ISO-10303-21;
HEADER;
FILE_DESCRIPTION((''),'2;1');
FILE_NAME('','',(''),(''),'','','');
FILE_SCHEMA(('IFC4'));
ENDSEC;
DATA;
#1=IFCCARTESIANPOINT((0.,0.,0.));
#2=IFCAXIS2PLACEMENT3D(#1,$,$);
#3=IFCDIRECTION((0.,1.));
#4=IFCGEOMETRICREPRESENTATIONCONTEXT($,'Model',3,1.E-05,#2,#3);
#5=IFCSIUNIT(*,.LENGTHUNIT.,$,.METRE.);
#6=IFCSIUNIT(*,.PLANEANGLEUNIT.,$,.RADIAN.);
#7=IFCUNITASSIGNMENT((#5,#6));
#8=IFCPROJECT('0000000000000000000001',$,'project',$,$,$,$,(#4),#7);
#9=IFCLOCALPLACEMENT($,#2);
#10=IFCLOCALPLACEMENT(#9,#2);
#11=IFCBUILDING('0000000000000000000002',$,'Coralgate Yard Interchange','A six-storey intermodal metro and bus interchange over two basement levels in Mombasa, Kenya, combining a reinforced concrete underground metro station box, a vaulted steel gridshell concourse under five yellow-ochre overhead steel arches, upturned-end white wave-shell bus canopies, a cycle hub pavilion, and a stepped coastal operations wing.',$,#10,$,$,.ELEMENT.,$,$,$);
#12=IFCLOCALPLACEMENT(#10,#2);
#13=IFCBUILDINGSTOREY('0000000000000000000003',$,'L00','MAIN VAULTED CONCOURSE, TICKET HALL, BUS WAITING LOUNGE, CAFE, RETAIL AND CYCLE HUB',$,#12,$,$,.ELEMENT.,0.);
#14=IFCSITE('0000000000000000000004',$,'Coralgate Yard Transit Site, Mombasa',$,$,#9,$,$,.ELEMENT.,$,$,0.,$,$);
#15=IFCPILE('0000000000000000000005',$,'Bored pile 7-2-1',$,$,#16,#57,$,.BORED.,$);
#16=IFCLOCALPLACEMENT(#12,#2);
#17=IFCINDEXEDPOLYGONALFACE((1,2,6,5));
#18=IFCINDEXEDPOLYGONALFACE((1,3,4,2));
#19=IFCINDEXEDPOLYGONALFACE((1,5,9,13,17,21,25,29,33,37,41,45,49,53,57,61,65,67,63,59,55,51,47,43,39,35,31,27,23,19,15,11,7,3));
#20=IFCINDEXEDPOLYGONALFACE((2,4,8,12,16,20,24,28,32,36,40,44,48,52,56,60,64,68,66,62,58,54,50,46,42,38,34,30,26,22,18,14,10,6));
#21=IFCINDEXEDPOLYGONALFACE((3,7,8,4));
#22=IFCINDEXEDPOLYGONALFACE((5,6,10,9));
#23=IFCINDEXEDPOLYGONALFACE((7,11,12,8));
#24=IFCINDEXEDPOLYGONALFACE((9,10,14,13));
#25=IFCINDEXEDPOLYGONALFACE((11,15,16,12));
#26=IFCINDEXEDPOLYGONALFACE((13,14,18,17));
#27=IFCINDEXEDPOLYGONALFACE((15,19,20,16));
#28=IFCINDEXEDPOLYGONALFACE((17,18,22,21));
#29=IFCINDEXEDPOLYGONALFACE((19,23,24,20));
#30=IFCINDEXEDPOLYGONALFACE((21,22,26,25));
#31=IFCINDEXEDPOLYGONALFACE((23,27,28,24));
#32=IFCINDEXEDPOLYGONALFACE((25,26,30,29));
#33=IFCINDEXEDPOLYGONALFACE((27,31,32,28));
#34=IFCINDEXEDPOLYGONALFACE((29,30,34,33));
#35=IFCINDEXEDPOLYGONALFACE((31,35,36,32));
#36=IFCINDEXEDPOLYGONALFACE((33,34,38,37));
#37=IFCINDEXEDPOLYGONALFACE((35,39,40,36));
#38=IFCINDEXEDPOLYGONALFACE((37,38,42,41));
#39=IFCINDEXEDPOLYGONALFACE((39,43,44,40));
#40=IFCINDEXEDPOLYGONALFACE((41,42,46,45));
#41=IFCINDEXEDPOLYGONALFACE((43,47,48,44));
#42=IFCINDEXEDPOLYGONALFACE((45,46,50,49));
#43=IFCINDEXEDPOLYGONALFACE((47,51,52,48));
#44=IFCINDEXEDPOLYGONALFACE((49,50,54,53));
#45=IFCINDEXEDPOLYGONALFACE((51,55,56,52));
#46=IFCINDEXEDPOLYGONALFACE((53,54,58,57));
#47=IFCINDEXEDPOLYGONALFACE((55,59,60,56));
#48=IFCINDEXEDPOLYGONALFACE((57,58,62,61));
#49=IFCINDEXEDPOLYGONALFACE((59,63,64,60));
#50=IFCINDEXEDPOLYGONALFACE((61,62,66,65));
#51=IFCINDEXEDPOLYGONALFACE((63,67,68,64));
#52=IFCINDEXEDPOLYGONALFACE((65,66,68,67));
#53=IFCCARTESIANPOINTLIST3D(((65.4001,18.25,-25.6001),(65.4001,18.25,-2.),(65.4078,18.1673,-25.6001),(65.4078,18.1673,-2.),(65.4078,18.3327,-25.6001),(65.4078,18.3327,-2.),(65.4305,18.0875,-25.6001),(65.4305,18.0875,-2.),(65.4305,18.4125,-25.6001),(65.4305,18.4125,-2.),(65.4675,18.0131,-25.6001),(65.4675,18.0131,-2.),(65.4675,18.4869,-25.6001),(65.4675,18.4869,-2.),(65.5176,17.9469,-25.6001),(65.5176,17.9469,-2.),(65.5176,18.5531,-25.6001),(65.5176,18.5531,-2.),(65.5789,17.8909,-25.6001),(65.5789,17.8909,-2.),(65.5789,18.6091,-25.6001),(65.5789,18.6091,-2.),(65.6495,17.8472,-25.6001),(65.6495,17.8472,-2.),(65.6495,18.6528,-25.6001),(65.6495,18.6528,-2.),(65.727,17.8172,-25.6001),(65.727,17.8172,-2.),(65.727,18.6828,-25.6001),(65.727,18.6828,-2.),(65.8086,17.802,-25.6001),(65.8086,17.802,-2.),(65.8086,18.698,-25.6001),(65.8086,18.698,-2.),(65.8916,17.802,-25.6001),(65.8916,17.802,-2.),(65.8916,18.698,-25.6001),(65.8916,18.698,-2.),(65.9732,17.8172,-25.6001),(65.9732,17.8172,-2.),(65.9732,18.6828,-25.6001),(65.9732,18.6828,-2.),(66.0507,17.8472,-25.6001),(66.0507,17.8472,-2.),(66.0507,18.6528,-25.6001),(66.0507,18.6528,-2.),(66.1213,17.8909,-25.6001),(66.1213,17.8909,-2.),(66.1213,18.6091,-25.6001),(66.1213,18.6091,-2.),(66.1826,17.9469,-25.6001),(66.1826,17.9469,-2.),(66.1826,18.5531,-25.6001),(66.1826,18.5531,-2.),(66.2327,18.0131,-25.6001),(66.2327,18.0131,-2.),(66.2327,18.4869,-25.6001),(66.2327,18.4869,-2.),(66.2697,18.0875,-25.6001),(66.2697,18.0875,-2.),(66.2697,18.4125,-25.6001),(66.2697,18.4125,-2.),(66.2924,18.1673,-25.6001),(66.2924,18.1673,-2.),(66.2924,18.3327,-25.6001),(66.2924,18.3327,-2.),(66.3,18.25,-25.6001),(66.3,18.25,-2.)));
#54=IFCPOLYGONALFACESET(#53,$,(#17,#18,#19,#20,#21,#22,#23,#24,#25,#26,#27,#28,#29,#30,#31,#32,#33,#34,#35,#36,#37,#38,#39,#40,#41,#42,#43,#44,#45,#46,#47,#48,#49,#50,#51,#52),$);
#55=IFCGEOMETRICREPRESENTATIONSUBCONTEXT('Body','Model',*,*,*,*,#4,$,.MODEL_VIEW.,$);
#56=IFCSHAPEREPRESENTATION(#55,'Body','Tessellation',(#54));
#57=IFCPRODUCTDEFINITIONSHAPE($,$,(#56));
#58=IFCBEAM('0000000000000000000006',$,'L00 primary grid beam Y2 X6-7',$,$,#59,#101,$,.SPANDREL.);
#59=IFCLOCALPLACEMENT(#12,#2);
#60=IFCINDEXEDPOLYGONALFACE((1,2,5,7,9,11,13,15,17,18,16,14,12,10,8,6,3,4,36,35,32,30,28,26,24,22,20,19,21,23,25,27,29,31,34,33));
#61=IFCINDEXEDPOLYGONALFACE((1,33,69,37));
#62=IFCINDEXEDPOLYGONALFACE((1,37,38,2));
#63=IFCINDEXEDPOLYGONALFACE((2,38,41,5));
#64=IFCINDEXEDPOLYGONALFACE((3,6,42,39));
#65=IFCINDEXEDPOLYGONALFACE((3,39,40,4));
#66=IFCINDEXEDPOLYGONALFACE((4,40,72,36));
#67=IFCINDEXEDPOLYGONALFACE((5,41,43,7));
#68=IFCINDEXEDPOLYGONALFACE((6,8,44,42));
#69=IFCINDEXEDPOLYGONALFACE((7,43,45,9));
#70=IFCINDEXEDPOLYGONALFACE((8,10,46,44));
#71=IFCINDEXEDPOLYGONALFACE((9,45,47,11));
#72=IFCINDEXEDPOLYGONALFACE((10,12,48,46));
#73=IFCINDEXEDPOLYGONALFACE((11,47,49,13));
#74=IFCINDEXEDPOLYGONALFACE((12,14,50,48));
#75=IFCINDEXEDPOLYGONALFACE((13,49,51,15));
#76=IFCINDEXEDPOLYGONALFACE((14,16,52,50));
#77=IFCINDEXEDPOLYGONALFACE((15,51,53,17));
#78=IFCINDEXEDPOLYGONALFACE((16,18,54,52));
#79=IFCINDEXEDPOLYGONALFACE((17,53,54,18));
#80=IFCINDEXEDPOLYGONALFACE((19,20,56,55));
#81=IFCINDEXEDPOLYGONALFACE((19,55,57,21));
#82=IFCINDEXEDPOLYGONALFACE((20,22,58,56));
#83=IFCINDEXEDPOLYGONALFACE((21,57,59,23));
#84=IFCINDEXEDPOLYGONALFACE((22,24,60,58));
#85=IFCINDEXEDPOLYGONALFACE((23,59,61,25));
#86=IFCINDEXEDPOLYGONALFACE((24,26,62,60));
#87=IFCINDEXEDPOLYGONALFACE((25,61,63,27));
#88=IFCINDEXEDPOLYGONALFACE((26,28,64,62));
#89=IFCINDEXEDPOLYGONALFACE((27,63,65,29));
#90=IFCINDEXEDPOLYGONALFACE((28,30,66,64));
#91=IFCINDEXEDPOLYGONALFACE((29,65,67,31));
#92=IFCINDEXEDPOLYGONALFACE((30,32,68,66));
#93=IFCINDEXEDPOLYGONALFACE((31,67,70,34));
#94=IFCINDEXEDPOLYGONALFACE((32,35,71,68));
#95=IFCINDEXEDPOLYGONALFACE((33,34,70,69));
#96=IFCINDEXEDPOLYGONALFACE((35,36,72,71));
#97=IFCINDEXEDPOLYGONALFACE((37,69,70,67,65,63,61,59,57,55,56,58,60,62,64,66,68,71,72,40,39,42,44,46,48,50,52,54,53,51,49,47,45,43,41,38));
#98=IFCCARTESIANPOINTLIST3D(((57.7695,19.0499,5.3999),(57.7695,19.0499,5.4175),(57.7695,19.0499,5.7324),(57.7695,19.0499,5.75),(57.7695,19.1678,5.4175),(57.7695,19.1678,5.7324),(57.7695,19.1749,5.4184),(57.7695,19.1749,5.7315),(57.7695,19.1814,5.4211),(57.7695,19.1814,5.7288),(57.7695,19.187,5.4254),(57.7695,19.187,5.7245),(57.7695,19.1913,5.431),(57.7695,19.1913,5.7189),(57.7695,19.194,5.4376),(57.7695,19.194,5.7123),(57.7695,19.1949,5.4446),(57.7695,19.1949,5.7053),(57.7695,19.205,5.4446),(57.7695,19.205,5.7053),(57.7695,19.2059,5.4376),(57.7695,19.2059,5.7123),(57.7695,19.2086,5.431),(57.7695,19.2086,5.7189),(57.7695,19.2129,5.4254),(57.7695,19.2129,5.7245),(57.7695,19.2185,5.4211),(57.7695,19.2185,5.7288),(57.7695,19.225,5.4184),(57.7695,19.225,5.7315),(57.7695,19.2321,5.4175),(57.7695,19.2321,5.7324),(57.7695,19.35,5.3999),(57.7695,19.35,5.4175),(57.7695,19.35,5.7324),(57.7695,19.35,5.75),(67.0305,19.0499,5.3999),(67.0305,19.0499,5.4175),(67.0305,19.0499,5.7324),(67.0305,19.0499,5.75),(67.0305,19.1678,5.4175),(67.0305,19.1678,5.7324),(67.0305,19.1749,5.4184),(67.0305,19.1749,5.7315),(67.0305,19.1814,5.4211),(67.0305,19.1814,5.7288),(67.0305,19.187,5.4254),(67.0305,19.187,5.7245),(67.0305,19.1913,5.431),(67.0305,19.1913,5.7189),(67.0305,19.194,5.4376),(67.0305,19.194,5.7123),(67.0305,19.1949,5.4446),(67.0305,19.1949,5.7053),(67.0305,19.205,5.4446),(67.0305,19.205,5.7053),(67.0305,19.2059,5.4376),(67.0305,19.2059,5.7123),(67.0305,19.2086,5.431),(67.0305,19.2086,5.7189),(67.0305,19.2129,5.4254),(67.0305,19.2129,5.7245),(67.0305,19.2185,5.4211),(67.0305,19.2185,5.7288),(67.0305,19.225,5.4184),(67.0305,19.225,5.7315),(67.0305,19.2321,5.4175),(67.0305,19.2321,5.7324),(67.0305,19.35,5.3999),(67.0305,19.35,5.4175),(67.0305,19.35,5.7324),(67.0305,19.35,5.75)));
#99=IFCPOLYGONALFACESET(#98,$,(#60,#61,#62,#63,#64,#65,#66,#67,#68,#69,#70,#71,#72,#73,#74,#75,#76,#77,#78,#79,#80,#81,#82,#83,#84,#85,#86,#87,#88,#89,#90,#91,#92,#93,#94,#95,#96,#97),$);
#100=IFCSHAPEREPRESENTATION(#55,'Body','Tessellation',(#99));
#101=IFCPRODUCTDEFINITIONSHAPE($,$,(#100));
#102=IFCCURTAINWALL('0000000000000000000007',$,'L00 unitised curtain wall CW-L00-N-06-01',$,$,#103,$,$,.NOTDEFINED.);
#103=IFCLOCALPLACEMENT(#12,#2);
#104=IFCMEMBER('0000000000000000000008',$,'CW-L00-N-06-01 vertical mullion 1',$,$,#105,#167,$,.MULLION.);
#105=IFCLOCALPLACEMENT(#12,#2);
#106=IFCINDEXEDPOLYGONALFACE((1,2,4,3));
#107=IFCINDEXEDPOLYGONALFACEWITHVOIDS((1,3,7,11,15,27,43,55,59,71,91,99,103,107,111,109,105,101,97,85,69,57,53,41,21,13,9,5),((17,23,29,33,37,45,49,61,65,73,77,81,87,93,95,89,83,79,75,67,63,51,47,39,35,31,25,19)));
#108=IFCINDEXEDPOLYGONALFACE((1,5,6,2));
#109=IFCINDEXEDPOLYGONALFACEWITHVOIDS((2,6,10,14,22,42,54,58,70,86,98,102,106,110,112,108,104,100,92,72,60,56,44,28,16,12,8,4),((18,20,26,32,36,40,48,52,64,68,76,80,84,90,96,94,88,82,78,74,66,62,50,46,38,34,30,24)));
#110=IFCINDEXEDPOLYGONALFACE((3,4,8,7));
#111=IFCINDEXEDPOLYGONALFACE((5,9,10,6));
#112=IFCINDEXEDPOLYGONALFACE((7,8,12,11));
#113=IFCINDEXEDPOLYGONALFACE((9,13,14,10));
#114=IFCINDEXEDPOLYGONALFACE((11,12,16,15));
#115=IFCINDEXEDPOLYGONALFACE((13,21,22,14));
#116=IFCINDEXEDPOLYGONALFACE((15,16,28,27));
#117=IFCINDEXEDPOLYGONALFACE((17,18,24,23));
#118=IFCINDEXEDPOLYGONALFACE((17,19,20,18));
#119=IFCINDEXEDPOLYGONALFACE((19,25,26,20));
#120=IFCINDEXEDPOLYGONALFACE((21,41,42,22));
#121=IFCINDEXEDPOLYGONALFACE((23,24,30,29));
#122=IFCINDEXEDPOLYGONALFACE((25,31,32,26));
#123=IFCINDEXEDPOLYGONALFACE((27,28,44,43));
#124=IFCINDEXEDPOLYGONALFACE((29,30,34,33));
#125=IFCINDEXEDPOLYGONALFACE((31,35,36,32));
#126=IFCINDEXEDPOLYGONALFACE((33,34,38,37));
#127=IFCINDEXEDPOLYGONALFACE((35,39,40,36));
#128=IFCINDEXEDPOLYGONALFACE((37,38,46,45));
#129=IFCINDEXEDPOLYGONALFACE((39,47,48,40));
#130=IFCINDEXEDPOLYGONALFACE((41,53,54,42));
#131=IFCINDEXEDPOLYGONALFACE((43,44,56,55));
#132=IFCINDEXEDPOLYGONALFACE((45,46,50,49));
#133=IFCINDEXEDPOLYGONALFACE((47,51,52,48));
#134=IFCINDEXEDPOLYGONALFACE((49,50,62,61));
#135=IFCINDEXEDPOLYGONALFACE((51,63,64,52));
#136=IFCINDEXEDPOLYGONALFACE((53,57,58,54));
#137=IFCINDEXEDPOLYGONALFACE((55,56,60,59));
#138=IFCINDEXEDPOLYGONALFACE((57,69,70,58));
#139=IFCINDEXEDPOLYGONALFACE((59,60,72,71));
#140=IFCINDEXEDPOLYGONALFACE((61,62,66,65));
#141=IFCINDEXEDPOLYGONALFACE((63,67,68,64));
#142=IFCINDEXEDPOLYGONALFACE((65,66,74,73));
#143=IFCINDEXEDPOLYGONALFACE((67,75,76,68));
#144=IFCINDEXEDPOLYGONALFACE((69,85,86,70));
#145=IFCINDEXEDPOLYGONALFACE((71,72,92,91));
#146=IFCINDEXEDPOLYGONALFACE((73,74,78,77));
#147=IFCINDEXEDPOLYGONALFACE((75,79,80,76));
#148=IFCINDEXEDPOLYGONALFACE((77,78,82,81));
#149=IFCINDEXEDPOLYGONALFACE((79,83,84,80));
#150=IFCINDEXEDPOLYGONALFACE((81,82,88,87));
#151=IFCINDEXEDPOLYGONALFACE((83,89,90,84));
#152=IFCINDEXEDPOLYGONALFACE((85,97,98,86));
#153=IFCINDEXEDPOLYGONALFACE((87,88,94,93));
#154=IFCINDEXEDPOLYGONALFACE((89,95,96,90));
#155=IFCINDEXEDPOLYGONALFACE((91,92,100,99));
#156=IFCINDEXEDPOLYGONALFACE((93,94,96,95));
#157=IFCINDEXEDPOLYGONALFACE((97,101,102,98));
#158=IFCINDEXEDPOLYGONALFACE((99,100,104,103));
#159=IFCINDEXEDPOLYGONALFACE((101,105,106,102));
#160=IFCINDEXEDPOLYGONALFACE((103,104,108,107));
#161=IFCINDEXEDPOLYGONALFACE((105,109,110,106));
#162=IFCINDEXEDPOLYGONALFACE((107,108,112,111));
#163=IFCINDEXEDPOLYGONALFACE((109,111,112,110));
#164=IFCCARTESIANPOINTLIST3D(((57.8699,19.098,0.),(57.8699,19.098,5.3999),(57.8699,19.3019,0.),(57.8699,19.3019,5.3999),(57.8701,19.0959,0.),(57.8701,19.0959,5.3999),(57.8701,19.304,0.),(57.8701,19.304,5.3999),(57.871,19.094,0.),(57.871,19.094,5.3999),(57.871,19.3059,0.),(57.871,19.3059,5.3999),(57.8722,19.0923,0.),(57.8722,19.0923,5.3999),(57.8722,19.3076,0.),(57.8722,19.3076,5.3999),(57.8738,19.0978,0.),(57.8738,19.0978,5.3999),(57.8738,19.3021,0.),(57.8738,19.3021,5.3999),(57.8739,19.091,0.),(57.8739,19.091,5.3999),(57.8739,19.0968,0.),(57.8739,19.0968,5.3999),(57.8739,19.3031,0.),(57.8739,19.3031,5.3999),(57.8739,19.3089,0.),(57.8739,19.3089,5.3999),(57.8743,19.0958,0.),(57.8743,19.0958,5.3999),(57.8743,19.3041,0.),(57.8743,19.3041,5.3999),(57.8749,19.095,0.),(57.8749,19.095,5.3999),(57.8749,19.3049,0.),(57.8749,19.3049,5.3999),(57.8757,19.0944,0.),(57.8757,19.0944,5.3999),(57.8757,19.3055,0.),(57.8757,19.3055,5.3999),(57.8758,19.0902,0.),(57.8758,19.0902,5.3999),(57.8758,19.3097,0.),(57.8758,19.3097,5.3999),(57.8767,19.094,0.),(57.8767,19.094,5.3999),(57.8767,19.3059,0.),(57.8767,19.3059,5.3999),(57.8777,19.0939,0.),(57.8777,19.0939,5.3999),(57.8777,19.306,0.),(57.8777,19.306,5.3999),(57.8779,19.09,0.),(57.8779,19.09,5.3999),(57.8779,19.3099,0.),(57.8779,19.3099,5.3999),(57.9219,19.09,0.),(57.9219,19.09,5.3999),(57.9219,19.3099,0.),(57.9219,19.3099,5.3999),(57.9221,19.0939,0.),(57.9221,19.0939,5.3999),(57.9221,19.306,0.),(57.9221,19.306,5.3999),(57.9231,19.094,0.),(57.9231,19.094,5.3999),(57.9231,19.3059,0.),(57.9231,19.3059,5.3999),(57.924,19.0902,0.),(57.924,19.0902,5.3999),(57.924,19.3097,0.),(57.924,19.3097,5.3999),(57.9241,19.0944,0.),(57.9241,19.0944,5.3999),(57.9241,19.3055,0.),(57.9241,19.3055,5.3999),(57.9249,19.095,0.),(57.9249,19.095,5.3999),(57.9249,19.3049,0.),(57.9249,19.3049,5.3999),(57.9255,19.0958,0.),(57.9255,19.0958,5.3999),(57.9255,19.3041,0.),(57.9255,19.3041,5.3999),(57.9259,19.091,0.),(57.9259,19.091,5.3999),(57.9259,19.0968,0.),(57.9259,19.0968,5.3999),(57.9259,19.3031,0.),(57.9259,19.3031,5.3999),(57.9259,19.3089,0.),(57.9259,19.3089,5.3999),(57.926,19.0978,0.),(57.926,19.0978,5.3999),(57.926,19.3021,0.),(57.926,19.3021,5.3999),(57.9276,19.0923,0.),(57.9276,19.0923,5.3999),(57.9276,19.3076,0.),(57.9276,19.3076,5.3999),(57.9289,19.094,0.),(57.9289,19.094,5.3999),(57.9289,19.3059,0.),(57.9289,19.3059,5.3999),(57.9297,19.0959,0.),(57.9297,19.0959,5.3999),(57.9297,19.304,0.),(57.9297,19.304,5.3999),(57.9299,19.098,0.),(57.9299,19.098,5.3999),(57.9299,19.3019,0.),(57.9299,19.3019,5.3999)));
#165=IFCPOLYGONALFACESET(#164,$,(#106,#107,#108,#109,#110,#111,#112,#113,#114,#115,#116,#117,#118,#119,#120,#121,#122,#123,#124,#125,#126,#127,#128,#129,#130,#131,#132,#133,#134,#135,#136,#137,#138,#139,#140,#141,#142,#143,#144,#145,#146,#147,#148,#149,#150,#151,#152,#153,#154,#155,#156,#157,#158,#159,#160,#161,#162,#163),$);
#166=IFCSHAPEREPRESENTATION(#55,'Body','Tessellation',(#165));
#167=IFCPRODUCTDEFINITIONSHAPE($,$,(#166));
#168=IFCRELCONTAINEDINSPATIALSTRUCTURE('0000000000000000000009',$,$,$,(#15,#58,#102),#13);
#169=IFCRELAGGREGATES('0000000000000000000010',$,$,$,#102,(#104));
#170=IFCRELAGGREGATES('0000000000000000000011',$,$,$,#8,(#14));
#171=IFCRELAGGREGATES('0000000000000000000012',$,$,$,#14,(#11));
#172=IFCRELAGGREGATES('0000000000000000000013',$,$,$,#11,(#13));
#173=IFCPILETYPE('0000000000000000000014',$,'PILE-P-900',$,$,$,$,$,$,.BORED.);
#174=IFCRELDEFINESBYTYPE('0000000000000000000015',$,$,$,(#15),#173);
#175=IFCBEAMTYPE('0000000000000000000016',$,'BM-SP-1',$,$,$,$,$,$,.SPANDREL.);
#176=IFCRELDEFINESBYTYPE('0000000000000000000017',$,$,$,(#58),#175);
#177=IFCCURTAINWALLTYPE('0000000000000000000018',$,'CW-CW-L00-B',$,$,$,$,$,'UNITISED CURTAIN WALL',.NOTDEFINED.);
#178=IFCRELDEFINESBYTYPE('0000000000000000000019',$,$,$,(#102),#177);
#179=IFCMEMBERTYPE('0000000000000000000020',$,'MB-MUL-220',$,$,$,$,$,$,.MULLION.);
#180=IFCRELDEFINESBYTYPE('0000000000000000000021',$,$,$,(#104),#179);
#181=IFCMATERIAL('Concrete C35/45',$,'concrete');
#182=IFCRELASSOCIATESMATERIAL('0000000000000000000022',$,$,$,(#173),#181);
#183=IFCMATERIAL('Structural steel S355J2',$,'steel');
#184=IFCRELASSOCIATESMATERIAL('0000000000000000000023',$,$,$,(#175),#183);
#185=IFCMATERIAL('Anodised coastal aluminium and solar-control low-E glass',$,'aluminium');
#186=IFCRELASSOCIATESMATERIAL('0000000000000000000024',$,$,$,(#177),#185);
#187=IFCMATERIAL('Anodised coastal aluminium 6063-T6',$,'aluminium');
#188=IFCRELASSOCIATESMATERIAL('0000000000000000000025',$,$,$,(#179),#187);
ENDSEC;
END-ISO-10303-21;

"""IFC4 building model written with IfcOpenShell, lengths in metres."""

from ifc_helpers import new_model, si_unit, direction, frame, origin, origin_2d, place, context, subcontext, project, spatial, hollow_rectangle, circle, i_section, extrude, material, material_profile, profile_set, type_object, element, aggregate, save


model = new_model("IFC4")

# Units and contexts
model_context = context("Model", 3, precision=1e-05, world=origin(), true_north=direction((0.0, 1.0)))
body_context = subcontext(model_context, "Body", "Model", "MODEL_VIEW")
ifc_project = project(units=[si_unit("LENGTHUNIT", "METRE"), si_unit("PLANEANGLEUNIT", "RADIAN")], contexts=[model_context])

# Site, building, storey
site_placement = place(None, origin())
site = spatial("IfcSite", under=ifc_project, at=site_placement, Name="Coralgate Yard Transit Site, Mombasa", CompositionType="ELEMENT", RefElevation=0.0)
building_placement = place(site_placement, origin())
building = spatial("IfcBuilding", under=site, at=building_placement, Name="Coralgate Yard Interchange", Description="A six-storey intermodal metro and bus interchange over two basement levels in Mombasa, Kenya, combining a reinforced concrete underground metro station box, a vaulted steel gridshell concourse under five yellow-ochre overhead steel arches, upturned-end white wave-shell bus canopies, a cycle hub pavilion, and a stepped coastal operations wing.", CompositionType="ELEMENT")
storey_placement = place(building_placement, origin())
storey = spatial("IfcBuildingStorey", under=building, at=storey_placement, Name="L00", Description="MAIN VAULTED CONCOURSE, TICKET HALL, BUS WAITING LOUNGE, CAFE, RETAIL AND CYCLE HUB", CompositionType="ELEMENT", Elevation=0.0)

# Pile
ifc_material_1 = material(Name="Concrete C35/45", Category="concrete")
ifc_material_profile_1 = material_profile(ifc_material_1, circle(Radius=0.45, at=origin_2d()), Name="BORED PILE D900")
ifc_profile_set_1 = profile_set([ifc_material_profile_1], Name="Concrete C35/45")
pile_type = type_object("IfcPileType", Name="PILE-P-900", PredefinedType="BORED", material=ifc_profile_set_1)
pile_placement = place(storey_placement, frame((65.8501, 18.25, -2.0), z_axis=(0.0, 0.0, -1.0), x_axis=(1.0, 0.0, 0.0)))
element("IfcPile", 1, at=pile_placement, inside=storey, type_object=pile_type, Name="Bored pile 7-2-1", PredefinedType="BORED", context=body_context, shape_type="SweptSolid", body=[
    extrude(circle(Radius=0.45, at=origin_2d()), origin(), (0.0, 0.0, 1.0), 23.6001),
])

# Beam
ifc_material_2 = material(Name="Structural steel S355J2", Category="steel")
ifc_material_profile_2 = material_profile(ifc_material_2, i_section(OverallWidth=0.3, OverallDepth=0.3501, WebThickness=0.01, FlangeThickness=0.0176, FilletRadius=0.0271, at=origin_2d()), Name="HEA 360")
ifc_profile_set_2 = profile_set([ifc_material_profile_2], Name="Structural steel S355J2")
beam_type = type_object("IfcBeamType", Name="BM-SP-1", PredefinedType="SPANDREL", material=ifc_profile_set_2)
beam_placement = place(storey_placement, frame((57.7695, 19.2, 5.575), z_axis=(1.0, 0.0, 0.0), x_axis=(0.0, 1.0, 0.0)))
element("IfcBeam", 2, at=beam_placement, inside=storey, type_object=beam_type, Name="L00 primary grid beam Y2 X6-7", PredefinedType="SPANDREL", context=body_context, shape_type="SweptSolid", body=[
    extrude(i_section(OverallWidth=0.3, OverallDepth=0.3501, WebThickness=0.01, FlangeThickness=0.0176, FilletRadius=0.0271, at=origin_2d()), origin(), (0.0, 0.0, 1.0), 9.261),
])

# Curtain wall, member
ifc_material_3 = material(Name="Anodised coastal aluminium and solar-control low-E glass", Category="aluminium")
curtain_wall_type = type_object("IfcCurtainWallType", Name="CW-CW-L00-B", ElementType="UNITISED CURTAIN WALL", PredefinedType="NOTDEFINED", material=ifc_material_3)
curtain_wall_placement = place(storey_placement, origin())
curtain_wall = element("IfcCurtainWall", 3, at=curtain_wall_placement, inside=storey, type_object=curtain_wall_type, Name="L00 unitised curtain wall CW-L00-N-06-01", PredefinedType="NOTDEFINED")
ifc_material_4 = material(Name="Anodised coastal aluminium 6063-T6", Category="aluminium")
ifc_material_profile_3 = material_profile(ifc_material_4, hollow_rectangle(XDim=0.0601, YDim=0.22, WallThickness=0.0039, InnerFilletRadius=0.0039, OuterFilletRadius=0.0081, at=origin_2d()), Name="ALU 60x220x4")
ifc_profile_set_3 = profile_set([ifc_material_profile_3], Name="Anodised coastal aluminium 6063-T6")
member_type_1 = type_object("IfcMemberType", Name="MB-MUL-220", PredefinedType="MULLION", material=ifc_profile_set_3)
member_1_placement = place(storey_placement, frame((57.8999, 19.2, 0.0), z_axis=(0.0, 0.0, 1.0), x_axis=(1.0, 0.0, 0.0)))
member_1 = element("IfcMember", 4, at=member_1_placement, type_object=member_type_1, Name="CW-L00-N-06-01 vertical mullion 1", PredefinedType="MULLION", context=body_context, shape_type="SweptSolid", body=[
    extrude(hollow_rectangle(XDim=0.0601, YDim=0.22, WallThickness=0.0039, InnerFilletRadius=0.0039, OuterFilletRadius=0.0081, at=origin_2d()), origin(), (0.0, 0.0, 1.0), 5.3999),
])
aggregate(curtain_wall, [member_1])

save(model, "model.ifc")
